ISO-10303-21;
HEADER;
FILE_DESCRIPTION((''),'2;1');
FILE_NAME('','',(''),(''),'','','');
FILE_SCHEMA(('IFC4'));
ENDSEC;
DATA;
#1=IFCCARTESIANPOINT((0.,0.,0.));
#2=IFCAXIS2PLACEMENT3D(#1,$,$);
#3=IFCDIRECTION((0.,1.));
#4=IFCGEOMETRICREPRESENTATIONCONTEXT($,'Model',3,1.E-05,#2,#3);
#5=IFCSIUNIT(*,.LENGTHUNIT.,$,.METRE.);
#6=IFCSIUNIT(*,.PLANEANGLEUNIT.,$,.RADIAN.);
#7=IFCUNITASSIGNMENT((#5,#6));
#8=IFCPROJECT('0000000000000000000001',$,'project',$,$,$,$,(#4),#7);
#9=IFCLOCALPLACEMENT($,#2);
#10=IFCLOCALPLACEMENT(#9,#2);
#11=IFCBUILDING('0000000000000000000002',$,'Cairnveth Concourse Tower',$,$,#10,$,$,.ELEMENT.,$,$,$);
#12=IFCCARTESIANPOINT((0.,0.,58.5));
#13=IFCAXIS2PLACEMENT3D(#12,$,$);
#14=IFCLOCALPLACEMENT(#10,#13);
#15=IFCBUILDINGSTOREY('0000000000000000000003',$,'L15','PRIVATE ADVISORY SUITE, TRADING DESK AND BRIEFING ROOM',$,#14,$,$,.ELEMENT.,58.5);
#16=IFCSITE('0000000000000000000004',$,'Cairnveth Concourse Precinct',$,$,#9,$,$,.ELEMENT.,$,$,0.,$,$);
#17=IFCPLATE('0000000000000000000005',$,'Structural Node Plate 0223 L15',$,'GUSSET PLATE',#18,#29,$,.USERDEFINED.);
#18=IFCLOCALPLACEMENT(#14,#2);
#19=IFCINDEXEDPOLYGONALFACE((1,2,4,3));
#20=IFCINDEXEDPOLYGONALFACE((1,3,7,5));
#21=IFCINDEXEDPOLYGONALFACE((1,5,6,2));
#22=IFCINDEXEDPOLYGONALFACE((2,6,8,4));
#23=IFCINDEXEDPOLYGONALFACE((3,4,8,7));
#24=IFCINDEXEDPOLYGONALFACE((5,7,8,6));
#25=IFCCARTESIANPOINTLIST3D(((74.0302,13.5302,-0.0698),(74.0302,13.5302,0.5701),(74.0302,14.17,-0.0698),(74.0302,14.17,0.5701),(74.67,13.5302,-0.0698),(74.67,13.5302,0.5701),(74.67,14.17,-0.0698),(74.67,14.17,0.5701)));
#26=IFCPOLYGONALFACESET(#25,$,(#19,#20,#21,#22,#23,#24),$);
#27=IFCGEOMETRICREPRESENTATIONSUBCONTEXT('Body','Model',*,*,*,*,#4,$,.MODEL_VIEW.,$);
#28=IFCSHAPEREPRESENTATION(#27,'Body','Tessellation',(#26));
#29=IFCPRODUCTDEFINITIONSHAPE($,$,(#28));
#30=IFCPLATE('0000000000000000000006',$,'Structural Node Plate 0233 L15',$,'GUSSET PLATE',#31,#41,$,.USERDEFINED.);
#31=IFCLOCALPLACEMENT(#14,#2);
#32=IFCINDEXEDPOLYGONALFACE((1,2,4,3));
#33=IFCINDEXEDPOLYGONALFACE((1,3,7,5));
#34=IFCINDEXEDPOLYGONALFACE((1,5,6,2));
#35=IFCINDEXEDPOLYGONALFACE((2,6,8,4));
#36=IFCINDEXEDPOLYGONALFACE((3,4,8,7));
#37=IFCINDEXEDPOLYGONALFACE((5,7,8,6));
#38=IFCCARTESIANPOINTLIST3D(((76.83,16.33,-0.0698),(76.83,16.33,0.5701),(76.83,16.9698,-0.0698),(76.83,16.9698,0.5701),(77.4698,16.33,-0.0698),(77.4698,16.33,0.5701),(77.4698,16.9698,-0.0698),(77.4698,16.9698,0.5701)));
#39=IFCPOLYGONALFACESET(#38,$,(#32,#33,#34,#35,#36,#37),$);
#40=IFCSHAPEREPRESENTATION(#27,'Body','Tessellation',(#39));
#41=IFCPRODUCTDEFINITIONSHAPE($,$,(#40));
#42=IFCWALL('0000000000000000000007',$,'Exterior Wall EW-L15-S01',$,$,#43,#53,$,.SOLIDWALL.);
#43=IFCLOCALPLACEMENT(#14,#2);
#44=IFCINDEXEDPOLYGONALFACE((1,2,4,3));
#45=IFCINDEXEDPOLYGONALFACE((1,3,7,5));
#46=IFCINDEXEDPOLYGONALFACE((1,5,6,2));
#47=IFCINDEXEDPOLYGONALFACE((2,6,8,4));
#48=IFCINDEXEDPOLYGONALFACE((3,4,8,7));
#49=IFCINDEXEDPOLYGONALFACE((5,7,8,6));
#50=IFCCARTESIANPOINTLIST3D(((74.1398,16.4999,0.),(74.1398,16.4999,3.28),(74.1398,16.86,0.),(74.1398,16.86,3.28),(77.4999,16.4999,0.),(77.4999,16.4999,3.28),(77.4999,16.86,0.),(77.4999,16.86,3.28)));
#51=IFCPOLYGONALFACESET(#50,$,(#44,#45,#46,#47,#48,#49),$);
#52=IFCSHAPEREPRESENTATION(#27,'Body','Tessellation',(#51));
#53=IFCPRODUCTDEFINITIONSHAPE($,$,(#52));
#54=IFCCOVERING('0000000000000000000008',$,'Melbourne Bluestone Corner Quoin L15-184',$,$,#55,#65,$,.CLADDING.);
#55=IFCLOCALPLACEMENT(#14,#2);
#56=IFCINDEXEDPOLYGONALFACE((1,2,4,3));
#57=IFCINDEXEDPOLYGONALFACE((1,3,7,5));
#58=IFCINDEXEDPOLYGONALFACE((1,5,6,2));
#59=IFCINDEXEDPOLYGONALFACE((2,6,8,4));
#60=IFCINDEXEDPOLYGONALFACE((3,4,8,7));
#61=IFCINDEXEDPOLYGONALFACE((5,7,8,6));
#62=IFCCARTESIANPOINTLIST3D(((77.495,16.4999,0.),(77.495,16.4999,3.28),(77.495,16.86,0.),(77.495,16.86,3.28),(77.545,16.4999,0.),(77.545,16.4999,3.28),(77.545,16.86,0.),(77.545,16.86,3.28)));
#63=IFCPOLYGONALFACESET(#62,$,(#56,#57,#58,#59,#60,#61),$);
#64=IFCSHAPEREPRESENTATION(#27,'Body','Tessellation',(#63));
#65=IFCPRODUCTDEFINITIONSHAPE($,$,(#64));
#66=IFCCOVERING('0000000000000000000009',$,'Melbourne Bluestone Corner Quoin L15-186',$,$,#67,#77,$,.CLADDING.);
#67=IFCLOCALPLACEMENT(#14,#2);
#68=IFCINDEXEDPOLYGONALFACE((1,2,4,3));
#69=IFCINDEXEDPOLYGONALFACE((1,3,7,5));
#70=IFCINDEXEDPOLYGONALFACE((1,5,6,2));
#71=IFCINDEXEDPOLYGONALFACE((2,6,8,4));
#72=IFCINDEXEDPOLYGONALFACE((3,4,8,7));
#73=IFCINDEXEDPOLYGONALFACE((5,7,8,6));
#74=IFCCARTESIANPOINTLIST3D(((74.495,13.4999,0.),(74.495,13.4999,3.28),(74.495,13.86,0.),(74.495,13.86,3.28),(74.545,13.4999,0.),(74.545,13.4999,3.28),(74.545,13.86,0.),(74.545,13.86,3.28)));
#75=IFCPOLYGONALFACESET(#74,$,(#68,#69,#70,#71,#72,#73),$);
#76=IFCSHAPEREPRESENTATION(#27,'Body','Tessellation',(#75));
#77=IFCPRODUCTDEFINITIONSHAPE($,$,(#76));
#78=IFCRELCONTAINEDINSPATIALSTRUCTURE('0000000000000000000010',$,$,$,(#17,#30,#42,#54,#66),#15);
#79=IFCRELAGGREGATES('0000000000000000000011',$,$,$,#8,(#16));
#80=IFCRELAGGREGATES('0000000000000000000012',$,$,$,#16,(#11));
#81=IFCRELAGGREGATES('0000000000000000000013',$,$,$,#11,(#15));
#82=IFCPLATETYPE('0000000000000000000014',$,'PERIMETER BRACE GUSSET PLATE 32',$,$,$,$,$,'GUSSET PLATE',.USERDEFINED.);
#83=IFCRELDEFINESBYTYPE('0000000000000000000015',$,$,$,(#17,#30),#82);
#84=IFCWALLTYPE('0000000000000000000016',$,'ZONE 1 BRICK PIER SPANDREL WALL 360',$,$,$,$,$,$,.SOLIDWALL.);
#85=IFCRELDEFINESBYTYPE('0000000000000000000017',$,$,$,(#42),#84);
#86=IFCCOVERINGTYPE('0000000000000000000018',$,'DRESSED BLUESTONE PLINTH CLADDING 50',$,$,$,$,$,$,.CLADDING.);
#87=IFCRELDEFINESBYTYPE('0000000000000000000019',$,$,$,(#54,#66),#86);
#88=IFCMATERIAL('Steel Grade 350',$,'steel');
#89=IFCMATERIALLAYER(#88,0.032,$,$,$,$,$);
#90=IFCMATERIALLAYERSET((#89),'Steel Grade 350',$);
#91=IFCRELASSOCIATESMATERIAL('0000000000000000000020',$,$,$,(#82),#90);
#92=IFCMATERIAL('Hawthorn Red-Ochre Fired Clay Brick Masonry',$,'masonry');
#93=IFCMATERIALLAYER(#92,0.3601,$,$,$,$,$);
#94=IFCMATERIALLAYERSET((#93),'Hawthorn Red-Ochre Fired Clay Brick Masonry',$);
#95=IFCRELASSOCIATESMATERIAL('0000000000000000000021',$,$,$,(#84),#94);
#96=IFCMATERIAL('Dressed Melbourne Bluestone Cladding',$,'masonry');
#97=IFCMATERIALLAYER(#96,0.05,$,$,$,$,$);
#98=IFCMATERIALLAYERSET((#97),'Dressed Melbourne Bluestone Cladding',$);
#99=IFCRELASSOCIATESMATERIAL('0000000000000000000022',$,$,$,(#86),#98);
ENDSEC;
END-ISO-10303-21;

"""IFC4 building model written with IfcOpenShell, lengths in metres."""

from ifc_helpers import new_model, si_unit, direction, frame, frame_2d, origin, origin_2d, place, context, subcontext, project, spatial, rectangle, extrude, material, layer, layer_set, type_object, element, save


model = new_model("IFC4")

# Units and contexts
model_context = context("Model", 3, precision=1e-05, world=origin(), true_north=direction((0.0, 1.0)))
body_context = subcontext(model_context, "Body", "Model", "MODEL_VIEW")
ifc_project = project(units=[si_unit("LENGTHUNIT", "METRE"), si_unit("PLANEANGLEUNIT", "RADIAN")], contexts=[model_context])

# Site, building, storey
site_placement = place(None, origin())
site = spatial("IfcSite", under=ifc_project, at=site_placement, Name="Cairnveth Concourse Precinct", CompositionType="ELEMENT", RefElevation=0.0)
building_placement = place(site_placement, origin())
building = spatial("IfcBuilding", under=site, at=building_placement, Name="Cairnveth Concourse Tower", CompositionType="ELEMENT")
storey_placement = place(building_placement, frame((0.0, 0.0, 58.5)))
storey = spatial("IfcBuildingStorey", under=building, at=storey_placement, Name="L15", Description="PRIVATE ADVISORY SUITE, TRADING DESK AND BRIEFING ROOM", CompositionType="ELEMENT", Elevation=58.5)

# Shared definitions
ifc_material_1 = material(Name="Steel Grade 350", Category="steel")

# Plates
ifc_layer_1 = layer(ifc_material_1, 0.032)
ifc_layer_set_1 = layer_set([ifc_layer_1], Name="Steel Grade 350")
plate_type = type_object("IfcPlateType", Name="PERIMETER BRACE GUSSET PLATE 32", ElementType="GUSSET PLATE", PredefinedType="USERDEFINED", material=ifc_layer_set_1)
for number, where, z_axis, x_axis, name in (
    (1, (74.3501, 13.8501, -0.0698), (0.0, 0.0, 1.0), (1.0, 0.0, 0.0), "Structural Node Plate 0223 L15"),
    (2, (77.1499, 16.6499, -0.0698), (0.0, 0.0, 1.0), (1.0, 0.0, 0.0), "Structural Node Plate 0233 L15"),
):
    element("IfcPlate", number, at=place(storey_placement, frame(where, z_axis=z_axis, x_axis=x_axis)), inside=storey, type_object=plate_type, Name=name, ObjectType="GUSSET PLATE", PredefinedType="USERDEFINED", context=body_context, shape_type="SweptSolid", body=[
        extrude(rectangle(XDim=0.6399, YDim=0.6399, at=origin_2d()), origin(), (0.0, 0.0, 1.0), 0.6399),
    ])

# Wall
ifc_material_2 = material(Name="Hawthorn Red-Ochre Fired Clay Brick Masonry", Category="masonry")
ifc_layer_2 = layer(ifc_material_2, 0.3601)
ifc_layer_set_2 = layer_set([ifc_layer_2], Name="Hawthorn Red-Ochre Fired Clay Brick Masonry")
wall_type = type_object("IfcWallType", Name="ZONE 1 BRICK PIER SPANDREL WALL 360", PredefinedType="SOLIDWALL", material=ifc_layer_set_2)
wall_1_placement = place(storey_placement, frame((77.5, 16.6799, 0.0), z_axis=(0.0, 0.0, 1.0), x_axis=(-1.0, 0.0, 0.0)))
element("IfcWall", 3, at=wall_1_placement, inside=storey, type_object=wall_type, Name="Exterior Wall EW-L15-S01", PredefinedType="SOLIDWALL", context=body_context, shape_type="SweptSolid", body=[
    extrude(rectangle(XDim=3.3601, YDim=0.3601, at=frame_2d((1.6802, 0.0))), origin(), (0.0, 0.0, 1.0), 3.28),
])

# Coverings
ifc_material_3 = material(Name="Dressed Melbourne Bluestone Cladding", Category="masonry")
ifc_layer_3 = layer(ifc_material_3, 0.05)
ifc_layer_set_3 = layer_set([ifc_layer_3], Name="Dressed Melbourne Bluestone Cladding")
covering_type = type_object("IfcCoveringType", Name="DRESSED BLUESTONE PLINTH CLADDING 50", PredefinedType="CLADDING", material=ifc_layer_set_3)
for number, where, z_axis, x_axis, name in (
    (4, (77.52, 16.8601, 0.0), (0.0, 0.0, 1.0), (0.0, -1.0, 0.0), "Melbourne Bluestone Corner Quoin L15-184"),
    (5, (74.52, 13.8601, 0.0), (0.0, 0.0, 1.0), (0.0, -1.0, 0.0), "Melbourne Bluestone Corner Quoin L15-186"),
):
    element("IfcCovering", number, at=place(storey_placement, frame(where, z_axis=z_axis, x_axis=x_axis)), inside=storey, type_object=covering_type, Name=name, PredefinedType="CLADDING", context=body_context, shape_type="SweptSolid", body=[
        extrude(rectangle(XDim=0.3601, YDim=0.05, at=frame_2d((0.1802, 0.0))), origin(), (0.0, 0.0, 1.0), 3.28),
    ])

save(model, "model.ifc")
